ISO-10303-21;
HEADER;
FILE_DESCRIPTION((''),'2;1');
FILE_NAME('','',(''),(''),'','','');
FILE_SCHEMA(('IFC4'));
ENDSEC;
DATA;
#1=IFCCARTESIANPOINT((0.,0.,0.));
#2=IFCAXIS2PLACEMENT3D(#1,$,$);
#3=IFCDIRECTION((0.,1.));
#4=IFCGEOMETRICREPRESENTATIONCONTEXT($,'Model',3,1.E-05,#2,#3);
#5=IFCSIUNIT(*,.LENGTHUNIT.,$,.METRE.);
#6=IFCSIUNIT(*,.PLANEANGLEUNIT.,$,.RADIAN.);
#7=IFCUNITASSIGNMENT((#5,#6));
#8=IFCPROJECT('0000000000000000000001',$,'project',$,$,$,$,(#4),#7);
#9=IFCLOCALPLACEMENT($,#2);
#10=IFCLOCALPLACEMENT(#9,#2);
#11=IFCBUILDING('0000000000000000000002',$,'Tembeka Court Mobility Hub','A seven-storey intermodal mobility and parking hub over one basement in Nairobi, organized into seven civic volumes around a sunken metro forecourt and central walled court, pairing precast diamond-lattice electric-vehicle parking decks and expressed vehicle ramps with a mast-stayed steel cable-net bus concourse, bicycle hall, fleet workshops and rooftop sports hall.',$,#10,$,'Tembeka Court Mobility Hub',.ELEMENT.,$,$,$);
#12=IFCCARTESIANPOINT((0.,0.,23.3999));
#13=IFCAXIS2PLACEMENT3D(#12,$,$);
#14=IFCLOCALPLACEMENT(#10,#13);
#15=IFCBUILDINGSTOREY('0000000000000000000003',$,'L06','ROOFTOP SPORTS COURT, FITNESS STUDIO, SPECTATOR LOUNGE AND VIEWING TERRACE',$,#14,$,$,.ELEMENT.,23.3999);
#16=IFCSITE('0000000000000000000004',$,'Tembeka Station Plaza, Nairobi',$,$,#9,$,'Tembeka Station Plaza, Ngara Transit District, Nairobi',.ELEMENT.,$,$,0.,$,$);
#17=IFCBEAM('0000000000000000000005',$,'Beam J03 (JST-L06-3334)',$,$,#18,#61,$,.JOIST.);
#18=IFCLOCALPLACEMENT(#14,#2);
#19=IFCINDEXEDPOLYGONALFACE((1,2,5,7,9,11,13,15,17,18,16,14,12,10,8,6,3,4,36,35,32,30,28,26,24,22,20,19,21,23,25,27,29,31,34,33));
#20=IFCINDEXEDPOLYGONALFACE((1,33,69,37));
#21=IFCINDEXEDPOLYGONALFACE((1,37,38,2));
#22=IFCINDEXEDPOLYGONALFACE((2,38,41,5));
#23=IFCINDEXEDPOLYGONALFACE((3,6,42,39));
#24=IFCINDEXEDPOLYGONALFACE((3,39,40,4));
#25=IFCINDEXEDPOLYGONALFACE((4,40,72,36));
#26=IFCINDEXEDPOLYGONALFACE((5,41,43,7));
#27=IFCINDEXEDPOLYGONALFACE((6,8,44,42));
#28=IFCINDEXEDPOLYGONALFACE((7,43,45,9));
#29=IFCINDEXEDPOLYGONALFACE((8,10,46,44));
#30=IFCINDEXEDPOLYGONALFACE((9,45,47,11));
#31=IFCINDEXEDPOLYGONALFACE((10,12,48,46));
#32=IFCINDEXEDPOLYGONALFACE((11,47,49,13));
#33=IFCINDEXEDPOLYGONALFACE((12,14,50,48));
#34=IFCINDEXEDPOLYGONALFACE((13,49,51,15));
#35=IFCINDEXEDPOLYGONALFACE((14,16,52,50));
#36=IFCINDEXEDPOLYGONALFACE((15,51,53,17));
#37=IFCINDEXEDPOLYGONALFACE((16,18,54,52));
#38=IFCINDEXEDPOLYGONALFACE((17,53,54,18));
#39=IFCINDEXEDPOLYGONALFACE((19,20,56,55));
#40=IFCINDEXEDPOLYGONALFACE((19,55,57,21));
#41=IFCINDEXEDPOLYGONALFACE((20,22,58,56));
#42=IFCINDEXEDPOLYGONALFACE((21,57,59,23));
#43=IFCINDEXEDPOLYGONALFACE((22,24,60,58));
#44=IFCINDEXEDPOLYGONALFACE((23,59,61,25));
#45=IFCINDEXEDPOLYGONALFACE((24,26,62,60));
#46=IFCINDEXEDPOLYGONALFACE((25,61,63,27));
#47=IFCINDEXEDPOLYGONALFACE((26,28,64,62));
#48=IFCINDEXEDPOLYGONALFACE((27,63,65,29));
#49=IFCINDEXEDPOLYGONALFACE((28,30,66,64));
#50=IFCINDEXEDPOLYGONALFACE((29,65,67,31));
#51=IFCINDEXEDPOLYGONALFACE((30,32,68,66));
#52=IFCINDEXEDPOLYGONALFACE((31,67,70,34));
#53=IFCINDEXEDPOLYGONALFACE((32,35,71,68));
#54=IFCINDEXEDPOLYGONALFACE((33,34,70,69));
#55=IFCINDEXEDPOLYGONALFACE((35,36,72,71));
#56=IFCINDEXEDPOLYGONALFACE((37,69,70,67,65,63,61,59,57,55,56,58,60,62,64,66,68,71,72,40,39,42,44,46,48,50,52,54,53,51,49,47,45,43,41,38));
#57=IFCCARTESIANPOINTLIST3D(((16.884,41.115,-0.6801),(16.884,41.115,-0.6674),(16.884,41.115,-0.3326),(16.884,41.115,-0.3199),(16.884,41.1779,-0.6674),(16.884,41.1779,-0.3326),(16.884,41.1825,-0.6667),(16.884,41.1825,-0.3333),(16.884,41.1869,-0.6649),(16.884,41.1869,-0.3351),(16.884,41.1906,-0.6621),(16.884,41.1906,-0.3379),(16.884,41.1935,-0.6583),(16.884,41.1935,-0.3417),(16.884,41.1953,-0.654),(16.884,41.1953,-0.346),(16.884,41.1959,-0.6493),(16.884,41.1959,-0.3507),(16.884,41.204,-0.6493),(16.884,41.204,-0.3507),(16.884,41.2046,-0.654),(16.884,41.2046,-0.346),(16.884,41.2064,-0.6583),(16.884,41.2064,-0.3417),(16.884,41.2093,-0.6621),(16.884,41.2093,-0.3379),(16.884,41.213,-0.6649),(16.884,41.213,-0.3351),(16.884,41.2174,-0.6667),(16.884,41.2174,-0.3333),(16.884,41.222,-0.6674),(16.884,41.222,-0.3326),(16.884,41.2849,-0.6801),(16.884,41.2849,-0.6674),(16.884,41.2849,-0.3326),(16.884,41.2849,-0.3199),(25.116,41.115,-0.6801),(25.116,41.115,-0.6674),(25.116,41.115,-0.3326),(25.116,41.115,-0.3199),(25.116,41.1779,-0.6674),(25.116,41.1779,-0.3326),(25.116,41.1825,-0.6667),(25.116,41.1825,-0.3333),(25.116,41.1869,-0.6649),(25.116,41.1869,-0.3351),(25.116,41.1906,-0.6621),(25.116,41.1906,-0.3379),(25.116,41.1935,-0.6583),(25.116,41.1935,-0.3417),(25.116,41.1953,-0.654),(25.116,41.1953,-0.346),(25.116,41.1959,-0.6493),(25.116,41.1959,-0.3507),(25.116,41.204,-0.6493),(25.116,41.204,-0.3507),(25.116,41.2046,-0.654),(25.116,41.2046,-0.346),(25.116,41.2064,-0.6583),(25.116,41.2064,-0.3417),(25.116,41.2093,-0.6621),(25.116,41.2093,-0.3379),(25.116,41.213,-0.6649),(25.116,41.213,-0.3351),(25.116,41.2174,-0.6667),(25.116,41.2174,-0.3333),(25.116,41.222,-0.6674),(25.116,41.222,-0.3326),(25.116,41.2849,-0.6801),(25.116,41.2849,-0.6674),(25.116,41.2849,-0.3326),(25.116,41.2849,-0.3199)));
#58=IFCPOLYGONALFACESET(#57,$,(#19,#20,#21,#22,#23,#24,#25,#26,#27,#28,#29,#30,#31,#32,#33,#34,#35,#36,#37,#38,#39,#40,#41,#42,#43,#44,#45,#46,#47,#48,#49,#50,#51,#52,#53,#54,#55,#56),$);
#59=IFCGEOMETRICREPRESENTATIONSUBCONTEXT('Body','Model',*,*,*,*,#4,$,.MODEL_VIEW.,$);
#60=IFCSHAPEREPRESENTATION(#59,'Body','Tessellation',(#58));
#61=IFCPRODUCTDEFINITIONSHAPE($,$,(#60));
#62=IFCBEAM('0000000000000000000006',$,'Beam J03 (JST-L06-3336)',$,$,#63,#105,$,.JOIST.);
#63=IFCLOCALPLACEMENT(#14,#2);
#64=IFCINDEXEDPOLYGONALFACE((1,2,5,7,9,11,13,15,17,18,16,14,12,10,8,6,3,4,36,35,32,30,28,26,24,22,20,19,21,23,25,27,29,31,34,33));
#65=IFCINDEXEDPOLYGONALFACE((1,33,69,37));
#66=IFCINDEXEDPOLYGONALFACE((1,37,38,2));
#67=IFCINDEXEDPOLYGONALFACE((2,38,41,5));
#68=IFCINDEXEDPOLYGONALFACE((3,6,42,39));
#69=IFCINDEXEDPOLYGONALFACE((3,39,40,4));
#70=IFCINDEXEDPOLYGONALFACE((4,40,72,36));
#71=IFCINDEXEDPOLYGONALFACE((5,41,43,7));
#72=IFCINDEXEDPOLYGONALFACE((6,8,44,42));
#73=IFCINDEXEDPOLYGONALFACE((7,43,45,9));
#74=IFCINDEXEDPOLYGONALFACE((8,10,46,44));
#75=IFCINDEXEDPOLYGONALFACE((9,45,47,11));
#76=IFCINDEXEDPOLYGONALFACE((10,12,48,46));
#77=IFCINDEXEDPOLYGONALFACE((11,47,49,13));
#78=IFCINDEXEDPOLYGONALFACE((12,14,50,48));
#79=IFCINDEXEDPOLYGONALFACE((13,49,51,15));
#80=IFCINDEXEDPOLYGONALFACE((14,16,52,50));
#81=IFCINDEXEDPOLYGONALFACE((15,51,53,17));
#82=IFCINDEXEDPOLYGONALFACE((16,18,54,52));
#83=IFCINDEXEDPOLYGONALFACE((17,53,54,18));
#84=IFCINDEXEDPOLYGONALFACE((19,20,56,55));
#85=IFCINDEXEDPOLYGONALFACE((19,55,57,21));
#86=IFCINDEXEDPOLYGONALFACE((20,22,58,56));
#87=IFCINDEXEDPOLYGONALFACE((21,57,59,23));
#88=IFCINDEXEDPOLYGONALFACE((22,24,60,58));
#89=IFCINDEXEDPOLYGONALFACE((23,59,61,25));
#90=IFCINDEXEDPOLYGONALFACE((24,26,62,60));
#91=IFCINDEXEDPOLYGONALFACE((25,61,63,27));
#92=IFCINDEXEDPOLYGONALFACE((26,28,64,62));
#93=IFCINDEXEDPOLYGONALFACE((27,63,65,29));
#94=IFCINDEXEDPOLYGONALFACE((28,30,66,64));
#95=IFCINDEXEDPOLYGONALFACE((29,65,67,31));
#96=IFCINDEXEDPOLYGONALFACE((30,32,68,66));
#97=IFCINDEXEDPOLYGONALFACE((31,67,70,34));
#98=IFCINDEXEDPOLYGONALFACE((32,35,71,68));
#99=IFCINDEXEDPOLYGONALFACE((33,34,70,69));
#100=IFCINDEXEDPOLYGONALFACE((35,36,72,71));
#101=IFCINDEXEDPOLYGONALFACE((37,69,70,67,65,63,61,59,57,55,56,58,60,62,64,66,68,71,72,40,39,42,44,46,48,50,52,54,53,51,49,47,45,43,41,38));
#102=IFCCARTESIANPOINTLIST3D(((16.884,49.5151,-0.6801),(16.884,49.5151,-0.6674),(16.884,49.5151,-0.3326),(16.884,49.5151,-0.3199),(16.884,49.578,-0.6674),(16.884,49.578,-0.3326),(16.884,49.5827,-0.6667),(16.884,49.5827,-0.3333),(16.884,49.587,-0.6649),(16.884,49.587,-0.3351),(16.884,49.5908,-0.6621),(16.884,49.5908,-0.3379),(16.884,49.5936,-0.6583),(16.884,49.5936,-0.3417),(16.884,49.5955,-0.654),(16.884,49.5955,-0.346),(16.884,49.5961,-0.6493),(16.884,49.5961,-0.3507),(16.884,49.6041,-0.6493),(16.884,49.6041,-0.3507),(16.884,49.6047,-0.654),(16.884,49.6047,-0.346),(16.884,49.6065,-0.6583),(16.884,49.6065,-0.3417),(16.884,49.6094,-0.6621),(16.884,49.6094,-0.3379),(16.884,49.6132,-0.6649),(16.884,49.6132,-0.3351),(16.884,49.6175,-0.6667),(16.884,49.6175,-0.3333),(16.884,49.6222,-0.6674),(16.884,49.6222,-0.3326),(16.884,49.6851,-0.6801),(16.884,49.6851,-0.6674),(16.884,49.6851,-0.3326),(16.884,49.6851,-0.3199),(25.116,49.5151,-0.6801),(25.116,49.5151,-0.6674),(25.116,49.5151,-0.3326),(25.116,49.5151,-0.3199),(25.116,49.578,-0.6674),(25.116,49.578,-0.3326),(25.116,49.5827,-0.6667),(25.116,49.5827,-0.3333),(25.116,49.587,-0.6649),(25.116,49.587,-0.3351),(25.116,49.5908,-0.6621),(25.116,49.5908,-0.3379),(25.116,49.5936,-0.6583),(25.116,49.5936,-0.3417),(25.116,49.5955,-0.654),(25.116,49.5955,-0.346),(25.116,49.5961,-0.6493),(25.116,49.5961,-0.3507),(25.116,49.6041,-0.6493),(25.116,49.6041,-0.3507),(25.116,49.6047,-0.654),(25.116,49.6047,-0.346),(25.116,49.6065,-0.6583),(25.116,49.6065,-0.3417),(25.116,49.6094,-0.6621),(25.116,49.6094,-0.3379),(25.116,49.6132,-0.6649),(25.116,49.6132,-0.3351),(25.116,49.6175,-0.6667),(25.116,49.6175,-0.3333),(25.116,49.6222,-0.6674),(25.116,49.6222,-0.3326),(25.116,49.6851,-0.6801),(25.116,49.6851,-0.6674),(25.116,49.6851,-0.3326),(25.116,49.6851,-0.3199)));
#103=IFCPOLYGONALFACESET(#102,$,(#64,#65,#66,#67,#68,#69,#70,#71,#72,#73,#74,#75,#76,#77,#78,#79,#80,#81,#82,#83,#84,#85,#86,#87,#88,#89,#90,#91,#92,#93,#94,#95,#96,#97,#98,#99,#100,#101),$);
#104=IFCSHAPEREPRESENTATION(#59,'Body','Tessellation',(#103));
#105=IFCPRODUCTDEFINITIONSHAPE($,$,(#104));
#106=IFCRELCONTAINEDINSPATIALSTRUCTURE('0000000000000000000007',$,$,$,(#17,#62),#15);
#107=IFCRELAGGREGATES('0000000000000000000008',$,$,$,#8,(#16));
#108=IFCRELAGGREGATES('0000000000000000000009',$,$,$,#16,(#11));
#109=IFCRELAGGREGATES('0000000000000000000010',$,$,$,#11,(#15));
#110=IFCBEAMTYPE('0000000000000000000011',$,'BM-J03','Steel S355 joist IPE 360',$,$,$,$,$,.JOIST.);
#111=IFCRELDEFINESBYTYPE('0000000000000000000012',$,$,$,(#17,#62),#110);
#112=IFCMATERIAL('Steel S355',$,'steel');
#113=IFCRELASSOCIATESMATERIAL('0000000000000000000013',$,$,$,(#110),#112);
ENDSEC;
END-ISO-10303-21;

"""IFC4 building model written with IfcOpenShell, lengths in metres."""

from ifc_helpers import new_model, si_unit, direction, frame, origin, origin_2d, place, context, subcontext, project, spatial, i_section, extrude, material, material_profile, profile_set, type_object, element, save


model = new_model("IFC4")

# Units and contexts
model_context = context("Model", 3, precision=1e-05, world=origin(), true_north=direction((0.0, 1.0)))
body_context = subcontext(model_context, "Body", "Model", "MODEL_VIEW")
ifc_project = project(units=[si_unit("LENGTHUNIT", "METRE"), si_unit("PLANEANGLEUNIT", "RADIAN")], contexts=[model_context])

# Site, building, storey
site_placement = place(None, origin())
site = spatial("IfcSite", under=ifc_project, at=site_placement, Name="Tembeka Station Plaza, Nairobi", LongName="Tembeka Station Plaza, Ngara Transit District, Nairobi", CompositionType="ELEMENT", RefElevation=0.0)
building_placement = place(site_placement, origin())
building = spatial("IfcBuilding", under=site, at=building_placement, Name="Tembeka Court Mobility Hub", Description="A seven-storey intermodal mobility and parking hub over one basement in Nairobi, organized into seven civic volumes around a sunken metro forecourt and central walled court, pairing precast diamond-lattice electric-vehicle parking decks and expressed vehicle ramps with a mast-stayed steel cable-net bus concourse, bicycle hall, fleet workshops and rooftop sports hall.", LongName="Tembeka Court Mobility Hub", CompositionType="ELEMENT")
storey_placement = place(building_placement, frame((0.0, 0.0, 23.3999)))
storey = spatial("IfcBuildingStorey", under=building, at=storey_placement, Name="L06", Description="ROOFTOP SPORTS COURT, FITNESS STUDIO, SPECTATOR LOUNGE AND VIEWING TERRACE", CompositionType="ELEMENT", Elevation=23.3999)

# Shared definitions
ifc_material = material(Name="Steel S355", Category="steel")

# Beams
ifc_material_profile_1 = material_profile(ifc_material, i_section(OverallWidth=0.1699, OverallDepth=0.3601, WebThickness=0.0081, FlangeThickness=0.0127, FilletRadius=0.0181, at=origin_2d()), Name="IPE 360")
ifc_profile_set_1 = profile_set([ifc_material_profile_1], Name="Steel S355")
beam_type_1 = type_object("IfcBeamType", Name="BM-J03", Description="Steel S355 joist IPE 360", PredefinedType="JOIST", material=ifc_profile_set_1)
for number, where, z_axis, x_axis, name in (
    (1, (16.884, 41.2, -0.5), (1.0, 0.0, 0.0), (0.0, 1.0, 0.0), "Beam J03 (JST-L06-3334)"),
    (2, (16.884, 49.6001, -0.5), (1.0, 0.0, 0.0), (0.0, 1.0, 0.0), "Beam J03 (JST-L06-3336)"),
):
    element("IfcBeam", number, at=place(storey_placement, frame(where, z_axis=z_axis, x_axis=x_axis)), inside=storey, type_object=beam_type_1, Name=name, PredefinedType="JOIST", context=body_context, shape_type="SweptSolid", body=[
        extrude(i_section(OverallWidth=0.1699, OverallDepth=0.3601, WebThickness=0.0081, FlangeThickness=0.0127, FilletRadius=0.0181, at=origin_2d()), origin(), (0.0, 0.0, 1.0), 8.2319),
    ])

save(model, "model.ifc")
